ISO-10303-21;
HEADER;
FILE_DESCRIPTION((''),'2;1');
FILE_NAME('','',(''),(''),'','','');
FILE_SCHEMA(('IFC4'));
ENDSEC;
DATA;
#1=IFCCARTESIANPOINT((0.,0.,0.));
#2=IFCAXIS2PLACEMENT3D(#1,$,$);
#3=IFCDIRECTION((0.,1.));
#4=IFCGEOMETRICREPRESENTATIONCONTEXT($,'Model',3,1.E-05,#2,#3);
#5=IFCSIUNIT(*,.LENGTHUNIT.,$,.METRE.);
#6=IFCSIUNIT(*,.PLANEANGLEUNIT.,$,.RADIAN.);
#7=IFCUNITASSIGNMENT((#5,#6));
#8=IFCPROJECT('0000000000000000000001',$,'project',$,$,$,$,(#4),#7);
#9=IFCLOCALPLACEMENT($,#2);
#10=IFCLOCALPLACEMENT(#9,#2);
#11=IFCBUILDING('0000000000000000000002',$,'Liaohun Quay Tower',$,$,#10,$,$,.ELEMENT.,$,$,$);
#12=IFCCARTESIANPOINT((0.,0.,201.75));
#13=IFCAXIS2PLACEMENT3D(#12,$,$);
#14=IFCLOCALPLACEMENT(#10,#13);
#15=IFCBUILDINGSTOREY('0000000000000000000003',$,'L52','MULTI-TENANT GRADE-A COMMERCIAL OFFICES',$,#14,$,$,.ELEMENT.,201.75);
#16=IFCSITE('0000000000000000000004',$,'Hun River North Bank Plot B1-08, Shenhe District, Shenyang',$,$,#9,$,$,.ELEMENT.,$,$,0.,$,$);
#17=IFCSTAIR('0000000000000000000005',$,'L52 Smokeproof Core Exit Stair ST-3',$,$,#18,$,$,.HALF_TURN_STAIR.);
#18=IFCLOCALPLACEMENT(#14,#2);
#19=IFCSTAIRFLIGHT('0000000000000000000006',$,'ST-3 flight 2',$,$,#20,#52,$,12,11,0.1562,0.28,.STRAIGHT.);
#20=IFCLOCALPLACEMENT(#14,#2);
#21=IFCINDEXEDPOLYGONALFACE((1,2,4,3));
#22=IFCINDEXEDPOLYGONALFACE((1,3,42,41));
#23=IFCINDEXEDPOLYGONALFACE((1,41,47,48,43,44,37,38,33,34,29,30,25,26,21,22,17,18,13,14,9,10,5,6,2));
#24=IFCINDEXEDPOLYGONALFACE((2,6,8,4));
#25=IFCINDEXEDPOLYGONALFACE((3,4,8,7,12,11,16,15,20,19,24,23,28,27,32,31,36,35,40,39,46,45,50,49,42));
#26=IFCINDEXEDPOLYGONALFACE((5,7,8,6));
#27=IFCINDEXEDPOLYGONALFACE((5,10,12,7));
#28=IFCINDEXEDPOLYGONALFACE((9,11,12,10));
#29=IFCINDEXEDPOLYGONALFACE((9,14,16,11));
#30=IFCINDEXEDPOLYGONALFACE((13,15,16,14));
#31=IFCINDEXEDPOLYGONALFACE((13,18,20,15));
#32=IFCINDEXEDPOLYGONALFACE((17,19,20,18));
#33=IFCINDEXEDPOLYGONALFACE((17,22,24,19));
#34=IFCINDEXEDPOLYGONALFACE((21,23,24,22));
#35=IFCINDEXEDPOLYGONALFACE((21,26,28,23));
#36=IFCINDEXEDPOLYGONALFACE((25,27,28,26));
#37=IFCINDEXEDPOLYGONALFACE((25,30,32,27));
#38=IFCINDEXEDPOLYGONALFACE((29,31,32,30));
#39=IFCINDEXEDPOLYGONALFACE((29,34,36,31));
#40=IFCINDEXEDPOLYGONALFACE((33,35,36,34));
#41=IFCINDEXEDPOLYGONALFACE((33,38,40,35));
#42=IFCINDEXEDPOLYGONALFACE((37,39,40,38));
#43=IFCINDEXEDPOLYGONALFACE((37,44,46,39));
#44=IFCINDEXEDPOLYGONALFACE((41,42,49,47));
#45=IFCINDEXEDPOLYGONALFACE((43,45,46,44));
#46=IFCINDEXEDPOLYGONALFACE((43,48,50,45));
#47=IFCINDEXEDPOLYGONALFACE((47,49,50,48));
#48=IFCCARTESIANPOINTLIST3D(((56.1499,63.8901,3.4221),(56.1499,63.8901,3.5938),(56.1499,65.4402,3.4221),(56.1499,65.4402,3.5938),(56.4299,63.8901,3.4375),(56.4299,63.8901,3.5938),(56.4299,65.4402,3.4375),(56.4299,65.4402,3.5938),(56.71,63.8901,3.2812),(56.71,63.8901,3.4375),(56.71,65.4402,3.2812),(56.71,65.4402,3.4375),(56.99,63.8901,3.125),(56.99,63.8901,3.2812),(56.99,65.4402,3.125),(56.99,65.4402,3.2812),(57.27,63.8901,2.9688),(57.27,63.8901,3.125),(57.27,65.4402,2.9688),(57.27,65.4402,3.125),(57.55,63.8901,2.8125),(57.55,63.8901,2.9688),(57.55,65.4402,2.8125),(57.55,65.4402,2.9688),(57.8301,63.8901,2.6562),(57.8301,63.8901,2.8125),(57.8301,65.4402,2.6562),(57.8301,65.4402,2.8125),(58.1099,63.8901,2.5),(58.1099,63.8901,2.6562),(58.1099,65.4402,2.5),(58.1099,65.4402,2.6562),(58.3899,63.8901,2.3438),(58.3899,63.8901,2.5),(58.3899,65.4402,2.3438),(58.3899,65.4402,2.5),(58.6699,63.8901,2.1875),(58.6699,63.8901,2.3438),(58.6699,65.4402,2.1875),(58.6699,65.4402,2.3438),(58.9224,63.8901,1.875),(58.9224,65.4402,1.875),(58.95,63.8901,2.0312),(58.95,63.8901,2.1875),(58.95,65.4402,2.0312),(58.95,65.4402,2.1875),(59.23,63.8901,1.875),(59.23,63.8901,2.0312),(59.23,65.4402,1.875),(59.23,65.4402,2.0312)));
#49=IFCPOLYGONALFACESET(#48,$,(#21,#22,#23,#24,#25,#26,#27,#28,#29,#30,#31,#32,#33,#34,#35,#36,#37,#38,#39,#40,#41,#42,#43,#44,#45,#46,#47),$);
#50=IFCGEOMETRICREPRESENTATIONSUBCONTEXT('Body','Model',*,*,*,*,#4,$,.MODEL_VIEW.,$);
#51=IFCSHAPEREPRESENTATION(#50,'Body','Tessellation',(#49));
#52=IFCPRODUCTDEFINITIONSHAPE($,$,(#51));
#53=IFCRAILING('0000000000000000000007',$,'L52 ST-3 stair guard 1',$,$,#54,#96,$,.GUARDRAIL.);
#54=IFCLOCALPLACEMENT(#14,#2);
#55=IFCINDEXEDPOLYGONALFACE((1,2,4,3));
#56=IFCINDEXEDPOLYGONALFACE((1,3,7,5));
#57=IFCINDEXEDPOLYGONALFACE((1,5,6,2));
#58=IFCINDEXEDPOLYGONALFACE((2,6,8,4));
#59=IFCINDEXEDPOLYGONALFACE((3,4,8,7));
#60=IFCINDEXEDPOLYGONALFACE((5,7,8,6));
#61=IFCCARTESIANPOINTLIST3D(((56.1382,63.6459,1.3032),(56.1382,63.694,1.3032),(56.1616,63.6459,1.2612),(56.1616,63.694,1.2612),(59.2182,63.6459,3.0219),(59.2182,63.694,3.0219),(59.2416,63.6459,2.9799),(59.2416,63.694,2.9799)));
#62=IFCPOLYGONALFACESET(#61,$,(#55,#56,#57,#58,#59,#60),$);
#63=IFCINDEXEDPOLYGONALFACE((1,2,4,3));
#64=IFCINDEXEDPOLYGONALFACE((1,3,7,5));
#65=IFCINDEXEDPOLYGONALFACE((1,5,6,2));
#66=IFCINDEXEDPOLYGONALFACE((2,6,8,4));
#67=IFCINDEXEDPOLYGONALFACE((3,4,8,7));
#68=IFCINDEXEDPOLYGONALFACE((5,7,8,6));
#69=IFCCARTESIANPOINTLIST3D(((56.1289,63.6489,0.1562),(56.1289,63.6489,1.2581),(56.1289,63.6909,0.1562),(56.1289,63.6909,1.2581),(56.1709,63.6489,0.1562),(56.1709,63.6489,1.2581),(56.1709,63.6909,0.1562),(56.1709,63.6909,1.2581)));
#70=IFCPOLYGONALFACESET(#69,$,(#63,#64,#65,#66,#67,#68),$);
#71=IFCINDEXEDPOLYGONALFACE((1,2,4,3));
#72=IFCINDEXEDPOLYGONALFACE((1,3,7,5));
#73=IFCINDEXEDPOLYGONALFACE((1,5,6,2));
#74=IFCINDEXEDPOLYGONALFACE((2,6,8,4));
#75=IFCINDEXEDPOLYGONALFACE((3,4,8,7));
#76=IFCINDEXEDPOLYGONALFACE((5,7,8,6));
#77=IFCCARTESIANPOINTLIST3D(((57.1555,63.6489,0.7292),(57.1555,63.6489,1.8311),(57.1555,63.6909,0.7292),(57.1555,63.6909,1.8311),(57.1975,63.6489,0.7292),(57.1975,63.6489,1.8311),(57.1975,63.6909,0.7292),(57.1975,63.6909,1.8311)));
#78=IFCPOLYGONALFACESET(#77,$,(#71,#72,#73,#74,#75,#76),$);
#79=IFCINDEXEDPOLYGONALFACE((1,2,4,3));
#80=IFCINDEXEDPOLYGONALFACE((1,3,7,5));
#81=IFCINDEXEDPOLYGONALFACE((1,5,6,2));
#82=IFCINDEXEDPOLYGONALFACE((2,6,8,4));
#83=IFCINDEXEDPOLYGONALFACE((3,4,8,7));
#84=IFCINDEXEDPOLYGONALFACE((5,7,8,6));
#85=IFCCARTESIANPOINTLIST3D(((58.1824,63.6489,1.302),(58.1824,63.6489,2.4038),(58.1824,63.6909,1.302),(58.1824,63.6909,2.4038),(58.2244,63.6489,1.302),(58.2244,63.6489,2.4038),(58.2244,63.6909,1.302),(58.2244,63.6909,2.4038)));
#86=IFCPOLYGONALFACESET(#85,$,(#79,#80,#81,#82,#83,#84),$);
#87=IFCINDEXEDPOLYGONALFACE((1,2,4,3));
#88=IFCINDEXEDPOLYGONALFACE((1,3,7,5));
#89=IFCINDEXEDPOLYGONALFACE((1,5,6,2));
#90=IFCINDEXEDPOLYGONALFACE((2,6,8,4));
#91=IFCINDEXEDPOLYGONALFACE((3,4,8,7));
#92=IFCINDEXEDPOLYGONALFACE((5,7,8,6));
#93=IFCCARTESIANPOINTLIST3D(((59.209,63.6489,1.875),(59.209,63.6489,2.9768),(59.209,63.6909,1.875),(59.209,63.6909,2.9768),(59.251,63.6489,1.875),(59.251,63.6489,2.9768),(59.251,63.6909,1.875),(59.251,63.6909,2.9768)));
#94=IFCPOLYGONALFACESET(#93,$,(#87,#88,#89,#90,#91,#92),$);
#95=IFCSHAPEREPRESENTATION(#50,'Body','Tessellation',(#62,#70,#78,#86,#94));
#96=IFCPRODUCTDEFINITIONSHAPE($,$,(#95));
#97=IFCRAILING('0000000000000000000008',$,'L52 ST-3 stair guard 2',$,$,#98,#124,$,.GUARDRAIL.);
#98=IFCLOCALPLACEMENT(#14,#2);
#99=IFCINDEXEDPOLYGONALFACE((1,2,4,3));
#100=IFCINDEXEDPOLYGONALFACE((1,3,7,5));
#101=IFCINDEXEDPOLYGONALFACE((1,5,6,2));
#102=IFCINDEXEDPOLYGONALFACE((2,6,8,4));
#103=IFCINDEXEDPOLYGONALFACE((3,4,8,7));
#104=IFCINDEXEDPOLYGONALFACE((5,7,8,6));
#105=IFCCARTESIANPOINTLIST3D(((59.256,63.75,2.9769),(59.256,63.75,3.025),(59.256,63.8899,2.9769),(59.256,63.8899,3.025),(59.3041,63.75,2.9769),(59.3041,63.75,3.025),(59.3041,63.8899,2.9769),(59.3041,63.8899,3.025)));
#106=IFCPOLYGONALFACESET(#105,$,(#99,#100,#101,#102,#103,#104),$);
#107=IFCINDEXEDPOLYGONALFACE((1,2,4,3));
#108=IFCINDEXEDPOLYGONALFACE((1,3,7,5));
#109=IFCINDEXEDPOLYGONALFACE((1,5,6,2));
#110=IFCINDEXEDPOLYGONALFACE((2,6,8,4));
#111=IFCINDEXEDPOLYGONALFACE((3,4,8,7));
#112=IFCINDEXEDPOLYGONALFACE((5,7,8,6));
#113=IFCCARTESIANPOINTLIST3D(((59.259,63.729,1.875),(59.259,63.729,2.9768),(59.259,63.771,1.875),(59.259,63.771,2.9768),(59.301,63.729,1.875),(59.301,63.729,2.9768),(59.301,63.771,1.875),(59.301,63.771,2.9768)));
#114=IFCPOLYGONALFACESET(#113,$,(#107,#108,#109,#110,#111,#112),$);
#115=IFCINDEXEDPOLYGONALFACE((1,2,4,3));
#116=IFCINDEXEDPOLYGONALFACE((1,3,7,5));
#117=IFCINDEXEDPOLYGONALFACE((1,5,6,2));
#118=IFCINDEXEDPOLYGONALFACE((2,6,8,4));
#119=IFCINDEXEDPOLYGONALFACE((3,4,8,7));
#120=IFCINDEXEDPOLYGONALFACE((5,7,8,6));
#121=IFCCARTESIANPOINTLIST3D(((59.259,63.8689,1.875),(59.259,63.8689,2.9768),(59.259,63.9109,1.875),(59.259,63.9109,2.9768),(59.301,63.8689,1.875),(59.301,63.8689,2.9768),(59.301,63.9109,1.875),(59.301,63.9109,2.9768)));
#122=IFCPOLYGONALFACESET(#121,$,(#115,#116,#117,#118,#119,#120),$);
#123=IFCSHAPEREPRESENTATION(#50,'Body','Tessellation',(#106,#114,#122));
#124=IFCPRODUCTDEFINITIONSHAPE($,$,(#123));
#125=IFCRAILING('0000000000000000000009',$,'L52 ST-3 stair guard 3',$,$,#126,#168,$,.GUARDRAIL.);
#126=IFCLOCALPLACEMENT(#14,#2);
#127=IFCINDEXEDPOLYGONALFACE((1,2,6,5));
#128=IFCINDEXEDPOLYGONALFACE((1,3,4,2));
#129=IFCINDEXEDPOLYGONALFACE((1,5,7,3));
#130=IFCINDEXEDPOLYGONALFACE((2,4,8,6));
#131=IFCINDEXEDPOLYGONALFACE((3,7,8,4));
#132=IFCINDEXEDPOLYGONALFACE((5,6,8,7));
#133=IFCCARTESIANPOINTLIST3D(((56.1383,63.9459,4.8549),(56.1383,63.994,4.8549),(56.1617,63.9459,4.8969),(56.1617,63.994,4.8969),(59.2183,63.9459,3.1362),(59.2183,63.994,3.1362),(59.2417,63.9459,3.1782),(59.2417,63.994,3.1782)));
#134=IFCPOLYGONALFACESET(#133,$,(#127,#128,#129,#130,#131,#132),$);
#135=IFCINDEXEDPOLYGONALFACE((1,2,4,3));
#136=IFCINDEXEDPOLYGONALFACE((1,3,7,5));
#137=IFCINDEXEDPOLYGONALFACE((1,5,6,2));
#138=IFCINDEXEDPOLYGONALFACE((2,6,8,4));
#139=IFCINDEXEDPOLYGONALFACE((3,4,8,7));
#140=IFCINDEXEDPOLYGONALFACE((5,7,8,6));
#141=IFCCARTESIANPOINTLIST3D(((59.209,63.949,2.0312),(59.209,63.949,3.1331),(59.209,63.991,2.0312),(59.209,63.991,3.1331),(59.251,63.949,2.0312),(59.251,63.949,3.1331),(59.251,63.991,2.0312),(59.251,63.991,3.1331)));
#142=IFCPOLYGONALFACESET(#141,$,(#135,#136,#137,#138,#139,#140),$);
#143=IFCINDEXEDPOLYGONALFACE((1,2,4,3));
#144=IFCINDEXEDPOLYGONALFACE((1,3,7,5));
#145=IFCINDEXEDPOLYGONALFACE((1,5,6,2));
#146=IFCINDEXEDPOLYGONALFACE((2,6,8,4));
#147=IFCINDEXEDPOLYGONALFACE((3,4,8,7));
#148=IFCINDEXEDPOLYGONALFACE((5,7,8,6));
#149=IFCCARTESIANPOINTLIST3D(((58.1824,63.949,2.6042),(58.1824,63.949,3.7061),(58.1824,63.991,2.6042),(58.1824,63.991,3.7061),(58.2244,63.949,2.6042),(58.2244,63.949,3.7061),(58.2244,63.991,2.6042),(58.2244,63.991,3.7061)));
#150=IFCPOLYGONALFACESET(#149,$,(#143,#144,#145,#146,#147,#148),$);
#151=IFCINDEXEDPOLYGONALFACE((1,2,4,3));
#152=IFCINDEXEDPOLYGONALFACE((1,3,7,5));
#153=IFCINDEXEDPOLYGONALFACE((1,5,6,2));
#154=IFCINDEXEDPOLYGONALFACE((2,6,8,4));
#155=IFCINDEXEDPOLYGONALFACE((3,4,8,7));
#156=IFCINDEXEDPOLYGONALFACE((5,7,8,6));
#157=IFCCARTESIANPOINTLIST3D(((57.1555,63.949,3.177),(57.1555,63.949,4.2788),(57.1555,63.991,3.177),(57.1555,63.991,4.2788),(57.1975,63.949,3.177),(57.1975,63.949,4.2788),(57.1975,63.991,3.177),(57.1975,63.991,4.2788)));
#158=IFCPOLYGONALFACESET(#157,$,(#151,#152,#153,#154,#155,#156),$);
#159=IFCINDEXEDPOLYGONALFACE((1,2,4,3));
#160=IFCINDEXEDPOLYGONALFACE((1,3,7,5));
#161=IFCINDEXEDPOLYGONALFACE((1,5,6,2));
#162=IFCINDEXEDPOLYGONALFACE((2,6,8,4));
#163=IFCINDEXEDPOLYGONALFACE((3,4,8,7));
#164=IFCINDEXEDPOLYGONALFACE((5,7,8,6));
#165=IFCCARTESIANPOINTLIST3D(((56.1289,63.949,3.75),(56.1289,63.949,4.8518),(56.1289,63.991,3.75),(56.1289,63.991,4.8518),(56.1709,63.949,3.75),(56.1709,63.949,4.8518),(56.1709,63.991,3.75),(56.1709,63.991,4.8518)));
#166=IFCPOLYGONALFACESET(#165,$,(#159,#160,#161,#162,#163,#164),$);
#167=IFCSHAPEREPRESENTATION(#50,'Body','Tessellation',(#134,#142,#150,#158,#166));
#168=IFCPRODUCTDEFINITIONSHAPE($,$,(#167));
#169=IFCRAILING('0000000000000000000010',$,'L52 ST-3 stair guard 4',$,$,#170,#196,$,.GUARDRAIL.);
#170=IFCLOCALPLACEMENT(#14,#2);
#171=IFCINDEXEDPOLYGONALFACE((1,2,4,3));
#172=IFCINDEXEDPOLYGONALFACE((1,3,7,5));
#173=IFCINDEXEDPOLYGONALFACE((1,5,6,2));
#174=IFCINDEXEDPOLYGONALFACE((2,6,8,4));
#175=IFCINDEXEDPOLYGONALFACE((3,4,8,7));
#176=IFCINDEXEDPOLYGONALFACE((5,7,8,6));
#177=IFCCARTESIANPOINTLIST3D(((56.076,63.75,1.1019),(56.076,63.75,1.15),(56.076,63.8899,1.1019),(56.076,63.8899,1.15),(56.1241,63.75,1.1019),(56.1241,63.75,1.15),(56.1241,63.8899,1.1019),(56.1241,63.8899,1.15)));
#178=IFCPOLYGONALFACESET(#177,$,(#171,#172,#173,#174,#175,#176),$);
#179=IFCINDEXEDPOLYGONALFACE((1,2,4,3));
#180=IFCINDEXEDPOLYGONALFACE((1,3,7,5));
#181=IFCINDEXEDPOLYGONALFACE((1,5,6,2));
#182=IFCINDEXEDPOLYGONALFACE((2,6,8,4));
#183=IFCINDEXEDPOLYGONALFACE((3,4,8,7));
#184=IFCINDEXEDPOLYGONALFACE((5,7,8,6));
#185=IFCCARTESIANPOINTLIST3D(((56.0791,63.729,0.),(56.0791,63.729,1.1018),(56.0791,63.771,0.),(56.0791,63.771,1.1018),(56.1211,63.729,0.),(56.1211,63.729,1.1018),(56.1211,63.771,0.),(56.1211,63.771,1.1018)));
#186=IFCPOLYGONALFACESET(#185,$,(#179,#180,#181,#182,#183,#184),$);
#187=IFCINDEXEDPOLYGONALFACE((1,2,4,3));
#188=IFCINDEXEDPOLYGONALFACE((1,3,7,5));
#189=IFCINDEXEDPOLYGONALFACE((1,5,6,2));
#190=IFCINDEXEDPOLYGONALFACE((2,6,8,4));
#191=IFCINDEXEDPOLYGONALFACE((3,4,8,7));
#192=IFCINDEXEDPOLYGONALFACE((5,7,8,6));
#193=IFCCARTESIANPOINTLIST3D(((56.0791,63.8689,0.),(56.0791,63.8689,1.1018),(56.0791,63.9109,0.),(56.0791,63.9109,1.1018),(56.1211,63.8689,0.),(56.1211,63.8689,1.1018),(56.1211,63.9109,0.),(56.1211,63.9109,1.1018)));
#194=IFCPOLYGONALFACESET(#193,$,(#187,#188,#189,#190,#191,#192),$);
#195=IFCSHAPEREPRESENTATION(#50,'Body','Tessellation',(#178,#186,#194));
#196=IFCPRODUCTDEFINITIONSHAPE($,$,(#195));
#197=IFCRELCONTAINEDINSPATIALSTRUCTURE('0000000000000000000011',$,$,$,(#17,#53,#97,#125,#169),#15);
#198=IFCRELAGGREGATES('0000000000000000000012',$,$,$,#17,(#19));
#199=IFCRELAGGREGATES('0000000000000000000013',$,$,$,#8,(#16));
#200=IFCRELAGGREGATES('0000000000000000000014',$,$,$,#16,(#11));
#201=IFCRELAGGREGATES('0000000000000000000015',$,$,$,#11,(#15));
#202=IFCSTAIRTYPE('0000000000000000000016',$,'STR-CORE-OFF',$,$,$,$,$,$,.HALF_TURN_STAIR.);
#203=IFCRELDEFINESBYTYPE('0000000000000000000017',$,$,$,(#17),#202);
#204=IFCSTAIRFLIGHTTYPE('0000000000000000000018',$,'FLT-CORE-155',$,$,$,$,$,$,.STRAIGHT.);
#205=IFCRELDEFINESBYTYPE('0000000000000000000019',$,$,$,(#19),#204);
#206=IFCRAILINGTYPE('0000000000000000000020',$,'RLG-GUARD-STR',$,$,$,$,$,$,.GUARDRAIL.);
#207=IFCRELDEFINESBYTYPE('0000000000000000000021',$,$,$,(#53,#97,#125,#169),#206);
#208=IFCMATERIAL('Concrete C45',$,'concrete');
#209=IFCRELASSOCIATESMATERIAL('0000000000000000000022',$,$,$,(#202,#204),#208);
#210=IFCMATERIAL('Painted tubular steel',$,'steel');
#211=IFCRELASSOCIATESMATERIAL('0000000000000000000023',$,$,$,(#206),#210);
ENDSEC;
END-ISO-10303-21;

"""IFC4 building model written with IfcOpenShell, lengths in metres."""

from ifc_helpers import new_model, si_unit, direction, frame, origin, origin_2d, place, context, subcontext, project, spatial, polyline, rectangle, outline, extrude, material, type_object, element, aggregate, save


model = new_model("IFC4")

# Units and contexts
model_context = context("Model", 3, precision=1e-05, world=origin(), true_north=direction((0.0, 1.0)))
body_context = subcontext(model_context, "Body", "Model", "MODEL_VIEW")
ifc_project = project(units=[si_unit("LENGTHUNIT", "METRE"), si_unit("PLANEANGLEUNIT", "RADIAN")], contexts=[model_context])

# Site, building, storey
site_placement = place(None, origin())
site = spatial("IfcSite", under=ifc_project, at=site_placement, Name="Hun River North Bank Plot B1-08, Shenhe District, Shenyang", CompositionType="ELEMENT", RefElevation=0.0)
building_placement = place(site_placement, origin())
building = spatial("IfcBuilding", under=site, at=building_placement, Name="Liaohun Quay Tower", CompositionType="ELEMENT")
storey_placement = place(building_placement, frame((0.0, 0.0, 201.75)))
storey = spatial("IfcBuildingStorey", under=building, at=storey_placement, Name="L52", Description="MULTI-TENANT GRADE-A COMMERCIAL OFFICES", CompositionType="ELEMENT", Elevation=201.75)

# Stair, stair flight
ifc_material_1 = material(Name="Concrete C45", Category="concrete")
stair_type = type_object("IfcStairType", Name="STR-CORE-OFF", PredefinedType="HALF_TURN_STAIR", material=ifc_material_1)
stair_placement = place(storey_placement, origin())
stair = element("IfcStair", 1, at=stair_placement, inside=storey, type_object=stair_type, Name="L52 Smokeproof Core Exit Stair ST-3", PredefinedType="HALF_TURN_STAIR")
stair_flight_type = type_object("IfcStairFlightType", Name="FLT-CORE-155", PredefinedType="STRAIGHT", material=ifc_material_1)
stair_flight_1_placement = place(storey_placement, frame((59.23, 64.665, 1.875), z_axis=(0.0, 0.0, 1.0), x_axis=(-1.0, 0.0, 0.0)))
stair_flight_1 = element("IfcStairFlight", 2, at=stair_flight_1_placement, type_object=stair_flight_type, Name="ST-3 flight 2", NumberOfRisers=12, NumberOfTreads=11, PredefinedType="STRAIGHT", RiserHeight=0.1562, TreadLength=0.28, context=body_context, shape_type="SweptSolid", body=[
    extrude(outline(polyline([(0.0, 0.0), (0.0, 0.1562), (0.28, 0.1562), (0.28, 0.3125), (0.5601, 0.3125), (0.5601, 0.4688), (0.8401, 0.4688), (0.8401, 0.625), (1.1201, 0.625), (1.1201, 0.7812), (1.3999, 0.7812), (1.3999, 0.9375), (1.6799, 0.9375), (1.6799, 1.0938), (1.96, 1.0938), (1.96, 1.25), (2.24, 1.25), (2.24, 1.4062), (2.52, 1.4062), (2.52, 1.5625), (2.8, 1.5625), (2.8, 1.7188), (3.0801, 1.7188), (3.0801, 1.875), (3.0801, 1.5471), (0.3076, 0.0), (0.0, 0.0)])), frame((0.0, 0.7749, 0.0), z_axis=(0.0, -1.0, 0.0), x_axis=(1.0, 0.0, 0.0)), (0.0, 0.0, 1.0), 1.55),
])
aggregate(stair, [stair_flight_1])

# Railings
ifc_material_2 = material(Name="Painted tubular steel", Category="steel")
railing_type_1 = type_object("IfcRailingType", Name="RLG-GUARD-STR", PredefinedType="GUARDRAIL", material=ifc_material_2)
railing_1_placement = place(storey_placement, frame((56.1499, 63.6699, 0.1562)))
element("IfcRailing", 3, at=railing_1_placement, inside=storey, type_object=railing_type_1, Name="L52 ST-3 stair guard 1", PredefinedType="GUARDRAIL", context=body_context, shape_type="SweptSolid", body=[
    extrude(rectangle(XDim=0.0481, YDim=0.0481, at=origin_2d()), frame((0.0, 0.0, 1.126), z_axis=(0.873242, 0.0, 0.487288), x_axis=(0.0, 1.0, 0.0)), (0.0, 0.0, 1.0), 3.5271),
    extrude(rectangle(XDim=0.042, YDim=0.042, at=origin_2d()), origin(), (0.0, 0.0, 1.0), 1.1018),
    extrude(rectangle(XDim=0.042, YDim=0.042, at=origin_2d()), frame((1.0266, 0.0, 0.573)), (0.0, 0.0, 1.0), 1.1018),
    extrude(rectangle(XDim=0.042, YDim=0.042, at=origin_2d()), frame((2.0535, 0.0, 1.1458)), (0.0, 0.0, 1.0), 1.1018),
    extrude(rectangle(XDim=0.042, YDim=0.042, at=origin_2d()), frame((3.0801, 0.0, 1.7188)), (0.0, 0.0, 1.0), 1.1018),
])
railing_2_placement = place(storey_placement, frame((59.28, 63.75, 1.875)))
element("IfcRailing", 4, at=railing_2_placement, inside=storey, type_object=railing_type_1, Name="L52 ST-3 stair guard 2", PredefinedType="GUARDRAIL", context=body_context, shape_type="SweptSolid", body=[
    extrude(rectangle(XDim=0.0481, YDim=0.0481, at=origin_2d()), frame((0.0, 0.0, 1.126), z_axis=(0.0, 1.0, 0.0), x_axis=(-1.0, 0.0, 0.0)), (0.0, 0.0, 1.0), 0.1399),
    extrude(rectangle(XDim=0.042, YDim=0.042, at=origin_2d()), origin(), (0.0, 0.0, 1.0), 1.1018),
    extrude(rectangle(XDim=0.042, YDim=0.042, at=origin_2d()), frame((0.0, 0.1399, 0.0)), (0.0, 0.0, 1.0), 1.1018),
])
railing_3_placement = place(storey_placement, frame((59.23, 63.97, 2.0312)))
element("IfcRailing", 5, at=railing_3_placement, inside=storey, type_object=railing_type_1, Name="L52 ST-3 stair guard 3", PredefinedType="GUARDRAIL", context=body_context, shape_type="SweptSolid", body=[
    extrude(rectangle(XDim=0.0481, YDim=0.0481, at=origin_2d()), frame((0.0, 0.0, 1.126), z_axis=(-0.873242, 0.0, 0.487288), x_axis=(0.0, -1.0, 0.0)), (0.0, 0.0, 1.0), 3.5271),
    extrude(rectangle(XDim=0.042, YDim=0.042, at=origin_2d()), origin(), (0.0, 0.0, 1.0), 1.1018),
    extrude(rectangle(XDim=0.042, YDim=0.042, at=origin_2d()), frame((-1.0266, 0.0, 0.573)), (0.0, 0.0, 1.0), 1.1018),
    extrude(rectangle(XDim=0.042, YDim=0.042, at=origin_2d()), frame((-2.0535, 0.0, 1.1458)), (0.0, 0.0, 1.0), 1.1018),
    extrude(rectangle(XDim=0.042, YDim=0.042, at=origin_2d()), frame((-3.0801, 0.0, 1.7188)), (0.0, 0.0, 1.0), 1.1018),
])
railing_4_placement = place(storey_placement, frame((56.1001, 63.75, 0.0)))
element("IfcRailing", 6, at=railing_4_placement, inside=storey, type_object=railing_type_1, Name="L52 ST-3 stair guard 4", PredefinedType="GUARDRAIL", context=body_context, shape_type="SweptSolid", body=[
    extrude(rectangle(XDim=0.0481, YDim=0.0481, at=origin_2d()), frame((0.0, 0.0, 1.126), z_axis=(0.0, 1.0, 0.0), x_axis=(-1.0, 0.0, 0.0)), (0.0, 0.0, 1.0), 0.1399),
    extrude(rectangle(XDim=0.042, YDim=0.042, at=origin_2d()), origin(), (0.0, 0.0, 1.0), 1.1018),
    extrude(rectangle(XDim=0.042, YDim=0.042, at=origin_2d()), frame((0.0, 0.1399, 0.0)), (0.0, 0.0, 1.0), 1.1018),
])

save(model, "model.ifc")
